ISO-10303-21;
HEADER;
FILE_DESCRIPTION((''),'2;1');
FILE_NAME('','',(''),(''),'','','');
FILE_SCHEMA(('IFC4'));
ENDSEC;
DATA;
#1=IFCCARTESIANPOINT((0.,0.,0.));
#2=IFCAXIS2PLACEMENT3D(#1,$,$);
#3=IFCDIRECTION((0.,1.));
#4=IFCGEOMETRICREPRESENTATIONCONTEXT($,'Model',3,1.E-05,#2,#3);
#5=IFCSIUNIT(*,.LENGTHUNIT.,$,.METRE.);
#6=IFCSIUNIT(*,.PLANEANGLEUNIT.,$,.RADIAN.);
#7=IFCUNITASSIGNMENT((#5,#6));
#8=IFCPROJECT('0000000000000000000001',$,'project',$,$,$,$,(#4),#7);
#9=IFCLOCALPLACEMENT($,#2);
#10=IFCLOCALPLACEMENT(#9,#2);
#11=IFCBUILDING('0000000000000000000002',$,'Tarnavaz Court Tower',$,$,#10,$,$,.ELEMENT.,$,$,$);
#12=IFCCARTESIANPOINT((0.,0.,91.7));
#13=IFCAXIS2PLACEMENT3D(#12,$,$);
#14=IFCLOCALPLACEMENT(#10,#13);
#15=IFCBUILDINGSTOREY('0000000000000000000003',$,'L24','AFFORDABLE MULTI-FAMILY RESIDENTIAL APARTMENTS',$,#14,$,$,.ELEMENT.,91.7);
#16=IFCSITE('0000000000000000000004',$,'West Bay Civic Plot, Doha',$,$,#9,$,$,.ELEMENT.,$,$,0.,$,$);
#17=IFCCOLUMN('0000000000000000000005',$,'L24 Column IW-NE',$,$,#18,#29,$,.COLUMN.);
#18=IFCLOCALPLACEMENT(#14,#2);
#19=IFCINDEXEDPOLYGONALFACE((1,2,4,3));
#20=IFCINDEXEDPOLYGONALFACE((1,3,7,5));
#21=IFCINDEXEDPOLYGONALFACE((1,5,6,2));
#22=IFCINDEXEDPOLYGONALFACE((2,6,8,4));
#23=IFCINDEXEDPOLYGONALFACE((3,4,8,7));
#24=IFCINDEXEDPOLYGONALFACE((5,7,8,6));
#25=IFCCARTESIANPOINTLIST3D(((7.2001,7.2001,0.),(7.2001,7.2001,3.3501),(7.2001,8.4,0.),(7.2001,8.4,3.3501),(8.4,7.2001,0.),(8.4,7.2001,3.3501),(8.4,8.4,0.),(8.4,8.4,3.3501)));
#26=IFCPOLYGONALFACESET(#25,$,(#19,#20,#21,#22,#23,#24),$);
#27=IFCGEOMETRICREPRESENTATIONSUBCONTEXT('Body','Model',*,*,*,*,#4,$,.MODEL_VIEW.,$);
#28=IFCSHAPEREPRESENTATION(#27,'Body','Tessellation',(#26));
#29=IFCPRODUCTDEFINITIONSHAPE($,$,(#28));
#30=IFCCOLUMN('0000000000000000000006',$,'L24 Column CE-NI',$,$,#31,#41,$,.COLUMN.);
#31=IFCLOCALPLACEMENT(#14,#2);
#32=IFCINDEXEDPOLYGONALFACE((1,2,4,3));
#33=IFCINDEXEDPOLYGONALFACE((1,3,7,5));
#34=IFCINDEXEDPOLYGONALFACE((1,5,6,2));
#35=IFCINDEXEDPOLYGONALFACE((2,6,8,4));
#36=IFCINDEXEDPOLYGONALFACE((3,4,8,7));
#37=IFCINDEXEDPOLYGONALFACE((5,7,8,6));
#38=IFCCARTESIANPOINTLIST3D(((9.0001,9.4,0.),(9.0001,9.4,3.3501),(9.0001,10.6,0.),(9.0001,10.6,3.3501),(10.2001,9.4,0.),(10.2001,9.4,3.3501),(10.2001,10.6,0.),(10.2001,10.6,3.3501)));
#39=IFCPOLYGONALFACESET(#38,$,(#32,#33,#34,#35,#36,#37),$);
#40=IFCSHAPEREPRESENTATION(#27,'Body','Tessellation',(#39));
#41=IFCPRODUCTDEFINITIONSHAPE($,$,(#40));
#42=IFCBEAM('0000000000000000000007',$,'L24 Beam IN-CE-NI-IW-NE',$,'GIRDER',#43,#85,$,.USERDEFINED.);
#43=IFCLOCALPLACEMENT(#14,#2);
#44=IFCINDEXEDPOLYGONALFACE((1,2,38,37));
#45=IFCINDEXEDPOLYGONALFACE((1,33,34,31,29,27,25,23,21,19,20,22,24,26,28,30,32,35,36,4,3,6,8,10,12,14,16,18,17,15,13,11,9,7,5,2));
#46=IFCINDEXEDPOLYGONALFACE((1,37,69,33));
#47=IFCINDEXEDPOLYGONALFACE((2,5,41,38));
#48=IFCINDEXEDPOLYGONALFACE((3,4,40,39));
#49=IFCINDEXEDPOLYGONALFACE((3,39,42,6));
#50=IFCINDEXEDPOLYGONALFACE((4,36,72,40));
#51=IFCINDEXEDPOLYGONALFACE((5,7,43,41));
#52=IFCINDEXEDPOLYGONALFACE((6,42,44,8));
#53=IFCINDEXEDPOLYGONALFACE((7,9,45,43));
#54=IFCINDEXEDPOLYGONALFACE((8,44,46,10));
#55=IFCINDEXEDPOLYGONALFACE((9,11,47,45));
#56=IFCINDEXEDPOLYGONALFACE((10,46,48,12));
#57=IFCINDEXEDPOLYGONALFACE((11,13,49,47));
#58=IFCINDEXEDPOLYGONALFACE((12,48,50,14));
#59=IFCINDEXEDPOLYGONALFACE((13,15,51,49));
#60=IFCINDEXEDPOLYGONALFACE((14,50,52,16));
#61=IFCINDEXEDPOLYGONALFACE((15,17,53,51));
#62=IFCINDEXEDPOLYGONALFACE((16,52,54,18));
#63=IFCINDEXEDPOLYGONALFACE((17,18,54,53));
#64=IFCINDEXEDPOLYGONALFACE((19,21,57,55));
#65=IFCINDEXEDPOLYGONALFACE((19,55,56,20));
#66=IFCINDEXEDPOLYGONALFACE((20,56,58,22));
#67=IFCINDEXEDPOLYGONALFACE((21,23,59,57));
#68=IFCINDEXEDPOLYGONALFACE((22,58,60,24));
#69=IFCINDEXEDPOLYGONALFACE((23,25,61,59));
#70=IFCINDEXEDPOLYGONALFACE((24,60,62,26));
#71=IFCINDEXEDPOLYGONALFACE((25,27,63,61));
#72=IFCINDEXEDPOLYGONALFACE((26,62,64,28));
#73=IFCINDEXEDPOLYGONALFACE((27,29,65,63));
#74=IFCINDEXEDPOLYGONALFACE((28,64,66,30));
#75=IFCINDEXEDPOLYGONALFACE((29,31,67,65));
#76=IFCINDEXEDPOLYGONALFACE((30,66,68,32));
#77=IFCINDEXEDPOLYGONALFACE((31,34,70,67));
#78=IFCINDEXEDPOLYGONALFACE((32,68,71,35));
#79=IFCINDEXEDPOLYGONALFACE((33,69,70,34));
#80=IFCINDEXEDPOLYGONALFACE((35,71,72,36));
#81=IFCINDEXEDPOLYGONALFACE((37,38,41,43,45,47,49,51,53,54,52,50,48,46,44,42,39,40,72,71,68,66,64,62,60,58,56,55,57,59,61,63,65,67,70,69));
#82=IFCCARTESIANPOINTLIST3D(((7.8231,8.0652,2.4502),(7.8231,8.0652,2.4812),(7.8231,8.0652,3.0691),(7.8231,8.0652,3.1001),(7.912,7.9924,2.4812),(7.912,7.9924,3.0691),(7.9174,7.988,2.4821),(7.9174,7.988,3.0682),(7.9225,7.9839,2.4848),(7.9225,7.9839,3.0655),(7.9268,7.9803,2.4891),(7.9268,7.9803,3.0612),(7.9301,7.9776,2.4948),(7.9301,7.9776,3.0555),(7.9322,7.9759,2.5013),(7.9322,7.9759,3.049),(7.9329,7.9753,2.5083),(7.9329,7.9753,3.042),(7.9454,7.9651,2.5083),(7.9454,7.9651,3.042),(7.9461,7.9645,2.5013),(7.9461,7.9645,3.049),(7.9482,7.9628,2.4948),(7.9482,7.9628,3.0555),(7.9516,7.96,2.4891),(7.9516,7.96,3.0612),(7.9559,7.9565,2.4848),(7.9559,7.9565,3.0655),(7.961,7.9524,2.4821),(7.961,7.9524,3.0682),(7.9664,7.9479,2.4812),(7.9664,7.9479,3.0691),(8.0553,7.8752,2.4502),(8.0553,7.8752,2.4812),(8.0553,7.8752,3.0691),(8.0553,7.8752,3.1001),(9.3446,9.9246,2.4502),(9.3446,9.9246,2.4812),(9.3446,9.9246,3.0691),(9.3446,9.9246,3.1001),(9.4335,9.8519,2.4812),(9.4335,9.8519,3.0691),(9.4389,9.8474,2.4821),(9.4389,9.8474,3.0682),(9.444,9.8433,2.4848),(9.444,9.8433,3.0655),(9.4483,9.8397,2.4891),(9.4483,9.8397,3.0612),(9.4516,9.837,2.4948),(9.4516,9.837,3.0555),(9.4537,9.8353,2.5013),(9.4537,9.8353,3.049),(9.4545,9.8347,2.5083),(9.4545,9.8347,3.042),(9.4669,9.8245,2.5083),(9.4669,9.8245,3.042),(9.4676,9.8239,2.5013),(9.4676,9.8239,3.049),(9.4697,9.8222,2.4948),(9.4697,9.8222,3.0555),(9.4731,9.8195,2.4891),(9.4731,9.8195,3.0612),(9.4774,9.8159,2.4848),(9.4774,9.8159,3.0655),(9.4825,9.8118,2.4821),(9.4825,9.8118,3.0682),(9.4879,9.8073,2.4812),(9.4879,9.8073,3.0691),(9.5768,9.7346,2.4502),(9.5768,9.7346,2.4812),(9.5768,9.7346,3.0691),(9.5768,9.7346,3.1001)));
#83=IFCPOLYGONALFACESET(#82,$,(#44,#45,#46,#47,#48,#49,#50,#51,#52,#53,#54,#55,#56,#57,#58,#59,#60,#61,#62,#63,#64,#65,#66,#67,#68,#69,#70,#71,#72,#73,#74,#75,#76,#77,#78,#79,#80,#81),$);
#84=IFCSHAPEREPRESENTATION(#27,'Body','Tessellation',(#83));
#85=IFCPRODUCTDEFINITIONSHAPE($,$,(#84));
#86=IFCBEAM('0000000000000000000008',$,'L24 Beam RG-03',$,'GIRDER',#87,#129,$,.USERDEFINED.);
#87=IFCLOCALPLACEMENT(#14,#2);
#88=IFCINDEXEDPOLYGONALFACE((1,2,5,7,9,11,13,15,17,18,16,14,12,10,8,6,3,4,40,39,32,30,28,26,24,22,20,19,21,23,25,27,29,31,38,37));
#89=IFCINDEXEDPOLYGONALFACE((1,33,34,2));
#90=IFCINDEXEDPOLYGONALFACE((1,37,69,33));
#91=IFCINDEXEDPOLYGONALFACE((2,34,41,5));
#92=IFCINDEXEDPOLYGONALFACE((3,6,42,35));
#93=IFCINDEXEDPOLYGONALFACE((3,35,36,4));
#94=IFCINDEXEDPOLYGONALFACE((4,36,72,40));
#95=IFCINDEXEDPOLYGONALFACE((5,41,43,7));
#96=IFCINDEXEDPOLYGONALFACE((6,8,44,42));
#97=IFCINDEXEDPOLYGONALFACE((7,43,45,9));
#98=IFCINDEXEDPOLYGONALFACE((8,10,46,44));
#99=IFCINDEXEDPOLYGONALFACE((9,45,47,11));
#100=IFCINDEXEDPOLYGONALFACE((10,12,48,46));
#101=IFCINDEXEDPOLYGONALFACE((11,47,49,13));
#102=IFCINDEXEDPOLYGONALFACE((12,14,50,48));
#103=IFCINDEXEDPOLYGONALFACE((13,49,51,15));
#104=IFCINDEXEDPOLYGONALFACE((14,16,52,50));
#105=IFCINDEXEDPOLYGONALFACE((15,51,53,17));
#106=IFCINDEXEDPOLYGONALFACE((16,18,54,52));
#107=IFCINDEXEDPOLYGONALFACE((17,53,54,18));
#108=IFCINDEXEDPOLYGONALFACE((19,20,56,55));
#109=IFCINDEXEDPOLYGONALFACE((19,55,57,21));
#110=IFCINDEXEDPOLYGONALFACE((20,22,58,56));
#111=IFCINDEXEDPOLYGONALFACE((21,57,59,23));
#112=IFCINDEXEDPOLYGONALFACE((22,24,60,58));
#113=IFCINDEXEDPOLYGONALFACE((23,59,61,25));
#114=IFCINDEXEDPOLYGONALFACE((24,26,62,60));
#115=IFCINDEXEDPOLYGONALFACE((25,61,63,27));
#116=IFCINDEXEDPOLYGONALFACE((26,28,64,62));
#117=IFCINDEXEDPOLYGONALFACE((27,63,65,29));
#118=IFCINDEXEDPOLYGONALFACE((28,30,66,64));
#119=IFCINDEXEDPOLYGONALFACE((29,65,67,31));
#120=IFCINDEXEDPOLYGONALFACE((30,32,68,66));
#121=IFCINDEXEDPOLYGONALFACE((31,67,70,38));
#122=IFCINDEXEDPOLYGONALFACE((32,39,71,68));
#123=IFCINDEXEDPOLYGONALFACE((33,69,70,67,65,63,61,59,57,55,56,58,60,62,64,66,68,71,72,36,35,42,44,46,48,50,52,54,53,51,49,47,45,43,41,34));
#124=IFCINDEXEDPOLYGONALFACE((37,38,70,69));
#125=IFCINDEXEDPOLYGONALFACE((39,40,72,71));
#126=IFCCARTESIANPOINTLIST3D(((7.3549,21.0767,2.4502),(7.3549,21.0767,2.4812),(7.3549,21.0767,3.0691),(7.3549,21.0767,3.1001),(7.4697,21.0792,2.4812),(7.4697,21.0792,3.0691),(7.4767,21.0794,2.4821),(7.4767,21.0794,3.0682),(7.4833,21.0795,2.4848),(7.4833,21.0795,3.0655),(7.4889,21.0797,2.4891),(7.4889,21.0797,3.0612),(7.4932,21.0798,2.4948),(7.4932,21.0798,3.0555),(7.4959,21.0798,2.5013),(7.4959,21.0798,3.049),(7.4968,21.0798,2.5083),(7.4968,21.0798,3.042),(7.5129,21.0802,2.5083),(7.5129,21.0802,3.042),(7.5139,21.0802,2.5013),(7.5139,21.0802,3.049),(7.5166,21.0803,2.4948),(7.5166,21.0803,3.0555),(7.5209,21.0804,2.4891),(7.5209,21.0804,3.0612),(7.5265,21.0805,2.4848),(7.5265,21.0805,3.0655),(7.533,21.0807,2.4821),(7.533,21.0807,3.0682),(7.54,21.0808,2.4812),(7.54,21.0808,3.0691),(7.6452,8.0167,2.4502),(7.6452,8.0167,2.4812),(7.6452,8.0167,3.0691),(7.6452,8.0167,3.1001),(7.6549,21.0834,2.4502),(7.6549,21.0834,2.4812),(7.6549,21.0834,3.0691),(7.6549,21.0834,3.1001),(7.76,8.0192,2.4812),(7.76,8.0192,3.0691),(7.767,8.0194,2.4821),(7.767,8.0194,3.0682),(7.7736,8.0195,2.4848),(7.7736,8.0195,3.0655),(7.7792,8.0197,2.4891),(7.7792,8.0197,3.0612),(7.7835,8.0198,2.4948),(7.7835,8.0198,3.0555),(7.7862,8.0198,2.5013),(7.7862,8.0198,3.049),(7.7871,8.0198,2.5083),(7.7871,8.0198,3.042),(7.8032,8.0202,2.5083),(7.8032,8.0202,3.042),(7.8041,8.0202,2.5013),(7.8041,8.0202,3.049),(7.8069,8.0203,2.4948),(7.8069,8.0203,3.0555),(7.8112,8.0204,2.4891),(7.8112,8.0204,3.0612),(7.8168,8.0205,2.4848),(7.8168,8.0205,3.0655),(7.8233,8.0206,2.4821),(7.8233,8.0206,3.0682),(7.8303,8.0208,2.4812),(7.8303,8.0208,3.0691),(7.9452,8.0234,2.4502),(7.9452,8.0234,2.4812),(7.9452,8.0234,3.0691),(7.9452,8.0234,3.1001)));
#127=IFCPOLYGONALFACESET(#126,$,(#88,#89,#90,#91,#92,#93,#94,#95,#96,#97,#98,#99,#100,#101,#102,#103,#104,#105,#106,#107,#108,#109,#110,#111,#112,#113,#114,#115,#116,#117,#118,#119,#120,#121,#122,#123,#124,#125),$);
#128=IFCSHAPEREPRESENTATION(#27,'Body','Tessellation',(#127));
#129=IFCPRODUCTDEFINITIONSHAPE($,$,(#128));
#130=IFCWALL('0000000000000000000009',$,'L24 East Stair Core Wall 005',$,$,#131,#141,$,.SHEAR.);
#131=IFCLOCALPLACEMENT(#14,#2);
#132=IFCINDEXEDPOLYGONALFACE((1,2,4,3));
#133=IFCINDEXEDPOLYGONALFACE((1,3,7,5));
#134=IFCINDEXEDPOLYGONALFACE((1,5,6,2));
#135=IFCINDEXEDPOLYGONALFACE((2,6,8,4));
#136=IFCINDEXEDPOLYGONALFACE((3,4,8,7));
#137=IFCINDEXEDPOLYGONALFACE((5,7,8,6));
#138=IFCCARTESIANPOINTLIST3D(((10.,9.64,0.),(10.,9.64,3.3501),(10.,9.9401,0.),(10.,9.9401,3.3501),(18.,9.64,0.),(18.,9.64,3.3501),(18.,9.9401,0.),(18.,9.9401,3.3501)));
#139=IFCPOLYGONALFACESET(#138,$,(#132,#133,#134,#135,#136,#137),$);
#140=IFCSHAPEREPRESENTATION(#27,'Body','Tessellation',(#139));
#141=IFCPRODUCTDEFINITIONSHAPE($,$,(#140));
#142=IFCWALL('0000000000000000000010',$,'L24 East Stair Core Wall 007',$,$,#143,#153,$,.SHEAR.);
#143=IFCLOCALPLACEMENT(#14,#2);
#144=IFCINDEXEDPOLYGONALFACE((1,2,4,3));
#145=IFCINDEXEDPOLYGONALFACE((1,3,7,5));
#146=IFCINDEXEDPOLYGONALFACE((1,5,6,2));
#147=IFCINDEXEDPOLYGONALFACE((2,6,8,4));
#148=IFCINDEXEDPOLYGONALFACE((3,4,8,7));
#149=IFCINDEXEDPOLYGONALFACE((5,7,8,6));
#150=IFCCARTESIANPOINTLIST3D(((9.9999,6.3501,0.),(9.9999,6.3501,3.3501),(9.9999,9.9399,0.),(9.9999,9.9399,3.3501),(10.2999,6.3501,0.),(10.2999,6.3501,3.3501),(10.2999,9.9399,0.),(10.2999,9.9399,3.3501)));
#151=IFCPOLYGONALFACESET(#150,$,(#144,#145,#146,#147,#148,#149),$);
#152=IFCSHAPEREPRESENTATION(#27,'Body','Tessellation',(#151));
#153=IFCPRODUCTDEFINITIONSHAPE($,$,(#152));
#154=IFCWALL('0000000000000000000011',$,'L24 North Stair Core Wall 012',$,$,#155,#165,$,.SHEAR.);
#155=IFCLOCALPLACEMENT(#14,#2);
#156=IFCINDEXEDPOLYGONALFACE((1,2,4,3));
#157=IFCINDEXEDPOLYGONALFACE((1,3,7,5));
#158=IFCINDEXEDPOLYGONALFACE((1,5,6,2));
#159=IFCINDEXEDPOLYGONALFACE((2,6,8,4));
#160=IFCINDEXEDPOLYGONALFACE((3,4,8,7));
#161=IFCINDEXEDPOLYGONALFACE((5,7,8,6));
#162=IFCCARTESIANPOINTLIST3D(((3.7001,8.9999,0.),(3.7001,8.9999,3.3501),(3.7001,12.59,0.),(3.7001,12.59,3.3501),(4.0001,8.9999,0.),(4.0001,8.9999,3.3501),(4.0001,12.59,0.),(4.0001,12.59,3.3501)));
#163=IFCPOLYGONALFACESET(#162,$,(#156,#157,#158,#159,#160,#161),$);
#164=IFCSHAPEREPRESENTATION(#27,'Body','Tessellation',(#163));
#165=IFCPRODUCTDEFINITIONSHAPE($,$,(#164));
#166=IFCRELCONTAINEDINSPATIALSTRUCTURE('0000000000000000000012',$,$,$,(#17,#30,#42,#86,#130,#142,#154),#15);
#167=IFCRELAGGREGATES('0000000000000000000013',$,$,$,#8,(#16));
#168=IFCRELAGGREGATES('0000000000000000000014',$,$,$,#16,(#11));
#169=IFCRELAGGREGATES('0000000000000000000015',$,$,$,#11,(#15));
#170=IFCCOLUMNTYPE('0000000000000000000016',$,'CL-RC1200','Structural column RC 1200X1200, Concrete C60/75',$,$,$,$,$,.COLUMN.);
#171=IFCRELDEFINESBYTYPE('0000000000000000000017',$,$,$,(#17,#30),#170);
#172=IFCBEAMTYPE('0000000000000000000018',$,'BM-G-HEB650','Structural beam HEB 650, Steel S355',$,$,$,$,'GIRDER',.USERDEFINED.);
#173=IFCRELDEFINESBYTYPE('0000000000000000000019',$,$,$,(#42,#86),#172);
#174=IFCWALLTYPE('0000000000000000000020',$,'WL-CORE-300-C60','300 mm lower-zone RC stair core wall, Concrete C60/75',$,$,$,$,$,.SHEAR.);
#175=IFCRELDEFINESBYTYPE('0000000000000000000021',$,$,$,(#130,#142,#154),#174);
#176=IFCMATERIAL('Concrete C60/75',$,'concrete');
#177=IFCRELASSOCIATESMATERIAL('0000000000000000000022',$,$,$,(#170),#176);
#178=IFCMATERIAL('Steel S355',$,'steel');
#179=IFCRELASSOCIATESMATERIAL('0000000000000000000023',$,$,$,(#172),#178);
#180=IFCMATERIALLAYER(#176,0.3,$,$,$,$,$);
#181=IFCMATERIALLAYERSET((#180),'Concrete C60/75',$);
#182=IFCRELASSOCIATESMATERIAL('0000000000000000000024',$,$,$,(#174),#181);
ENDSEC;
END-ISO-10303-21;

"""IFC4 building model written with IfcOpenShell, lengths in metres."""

from ifc_helpers import new_model, si_unit, direction, frame, frame_2d, origin, origin_2d, place, context, subcontext, project, spatial, rectangle, i_section, extrude, material, layer, layer_set, material_profile, profile_set, type_object, element, save


model = new_model("IFC4")

# Units and contexts
model_context = context("Model", 3, precision=1e-05, world=origin(), true_north=direction((0.0, 1.0)))
body_context = subcontext(model_context, "Body", "Model", "MODEL_VIEW")
ifc_project = project(units=[si_unit("LENGTHUNIT", "METRE"), si_unit("PLANEANGLEUNIT", "RADIAN")], contexts=[model_context])

# Site, building, storey
site_placement = place(None, origin())
site = spatial("IfcSite", under=ifc_project, at=site_placement, Name="West Bay Civic Plot, Doha", CompositionType="ELEMENT", RefElevation=0.0)
building_placement = place(site_placement, origin())
building = spatial("IfcBuilding", under=site, at=building_placement, Name="Tarnavaz Court Tower", CompositionType="ELEMENT")
storey_placement = place(building_placement, frame((0.0, 0.0, 91.7)))
storey = spatial("IfcBuildingStorey", under=building, at=storey_placement, Name="L24", Description="AFFORDABLE MULTI-FAMILY RESIDENTIAL APARTMENTS", CompositionType="ELEMENT", Elevation=91.7)

# Columns
ifc_material_1 = material(Name="Concrete C60/75", Category="concrete")
ifc_material_profile_1 = material_profile(ifc_material_1, rectangle(XDim=1.2, YDim=1.2, at=origin_2d()), Name="RC 1200X1200")
ifc_profile_set_1 = profile_set([ifc_material_profile_1], Name="Concrete C60/75")
column_type = type_object("IfcColumnType", Name="CL-RC1200", Description="Structural column RC 1200X1200, Concrete C60/75", PredefinedType="COLUMN", material=ifc_profile_set_1)
for number, where, z_axis, x_axis, name in (
    (1, (7.8, 7.8, 0.0), (0.0, 0.0, 1.0), (1.0, 0.0, 0.0), "L24 Column IW-NE"),
    (2, (9.6001, 10.0, 0.0), (0.0, 0.0, 1.0), (1.0, 0.0, 0.0), "L24 Column CE-NI"),
):
    element("IfcColumn", number, at=place(storey_placement, frame(where, z_axis=z_axis, x_axis=x_axis)), inside=storey, type_object=column_type, Name=name, PredefinedType="COLUMN", context=body_context, shape_type="SweptSolid", body=[
        extrude(rectangle(XDim=1.2, YDim=1.2, at=origin_2d()), origin(), (0.0, 0.0, 1.0), 3.3501),
    ])

# Beams
ifc_material_2 = material(Name="Steel S355", Category="steel")
ifc_material_profile_2 = material_profile(ifc_material_2, i_section(OverallWidth=0.3, OverallDepth=0.6499, WebThickness=0.0161, FlangeThickness=0.031, FilletRadius=0.0271, at=origin_2d()), Name="HEB 650")
ifc_profile_set_2 = profile_set([ifc_material_profile_2], Name="Steel S355")
beam_type = type_object("IfcBeamType", Name="BM-G-HEB650", Description="Structural beam HEB 650, Steel S355", ElementType="GIRDER", PredefinedType="USERDEFINED", material=ifc_profile_set_2)
beam_1_placement = place(storey_placement, frame((9.4607, 9.8296, 2.7751), z_axis=(-0.633282, -0.773921, 0.0), x_axis=(0.773921, -0.633282, 0.0)))
element("IfcBeam", 3, at=beam_1_placement, inside=storey, type_object=beam_type, Name="L24 Beam IN-CE-NI-IW-NE", ObjectType="GIRDER", PredefinedType="USERDEFINED", context=body_context, shape_type="SweptSolid", body=[
    extrude(i_section(OverallWidth=0.3, OverallDepth=0.6499, WebThickness=0.0161, FlangeThickness=0.031, FilletRadius=0.0271, at=origin_2d()), origin(), (0.0, 0.0, 1.0), 2.4026),
])
beam_2_placement = place(storey_placement, frame((7.7952, 8.02, 2.7751), z_axis=(-0.022221, 0.999753, 0.0), x_axis=(-0.999753, -0.022221, 0.0)))
element("IfcBeam", 4, at=beam_2_placement, inside=storey, type_object=beam_type, Name="L24 Beam RG-03", ObjectType="GIRDER", PredefinedType="USERDEFINED", context=body_context, shape_type="SweptSolid", body=[
    extrude(i_section(OverallWidth=0.3, OverallDepth=0.6499, WebThickness=0.0161, FlangeThickness=0.031, FilletRadius=0.0271, at=origin_2d()), origin(), (0.0, 0.0, 1.0), 13.0632),
])

# Wall
ifc_layer_1 = layer(ifc_material_1, 0.3)
ifc_layer_set_1 = layer_set([ifc_layer_1], Name="Concrete C60/75")
wall_type_1 = type_object("IfcWallType", Name="WL-CORE-300-C60", Description="300 mm lower-zone RC stair core wall, Concrete C60/75", PredefinedType="SHEAR", material=ifc_layer_set_1)
wall_1_placement = place(storey_placement, frame((10.0, 9.79, 0.0), z_axis=(0.0, 0.0, 1.0), x_axis=(1.0, 0.0, 0.0)))
element("IfcWall", 5, at=wall_1_placement, inside=storey, type_object=wall_type_1, Name="L24 East Stair Core Wall 005", PredefinedType="SHEAR", context=body_context, shape_type="SweptSolid", body=[
    extrude(rectangle(XDim=8.0, YDim=0.3, at=frame_2d((4.0, 0.0))), origin(), (0.0, 0.0, 1.0), 3.3501),
])

# Walls
wall_2_placement = place(storey_placement, frame((10.1499, 6.3501, 0.0), z_axis=(0.0, 0.0, 1.0), x_axis=(0.0, 1.0, 0.0)))
element("IfcWall", 6, at=wall_2_placement, inside=storey, type_object=wall_type_1, Name="L24 East Stair Core Wall 007", PredefinedType="SHEAR", context=body_context, shape_type="SweptSolid", body=[
    extrude(rectangle(XDim=3.5898, YDim=0.3, at=frame_2d((1.7949, 0.0))), origin(), (0.0, 0.0, 1.0), 3.3501),
])
wall_3_placement = place(storey_placement, frame((3.8501, 9.0, 0.0), z_axis=(0.0, 0.0, 1.0), x_axis=(0.0, 1.0, 0.0)))
element("IfcWall", 7, at=wall_3_placement, inside=storey, type_object=wall_type_1, Name="L24 North Stair Core Wall 012", PredefinedType="SHEAR", context=body_context, shape_type="SweptSolid", body=[
    extrude(rectangle(XDim=3.5901, YDim=0.3, at=frame_2d((1.7949, 0.0))), origin(), (0.0, 0.0, 1.0), 3.3501),
])

save(model, "model.ifc")
